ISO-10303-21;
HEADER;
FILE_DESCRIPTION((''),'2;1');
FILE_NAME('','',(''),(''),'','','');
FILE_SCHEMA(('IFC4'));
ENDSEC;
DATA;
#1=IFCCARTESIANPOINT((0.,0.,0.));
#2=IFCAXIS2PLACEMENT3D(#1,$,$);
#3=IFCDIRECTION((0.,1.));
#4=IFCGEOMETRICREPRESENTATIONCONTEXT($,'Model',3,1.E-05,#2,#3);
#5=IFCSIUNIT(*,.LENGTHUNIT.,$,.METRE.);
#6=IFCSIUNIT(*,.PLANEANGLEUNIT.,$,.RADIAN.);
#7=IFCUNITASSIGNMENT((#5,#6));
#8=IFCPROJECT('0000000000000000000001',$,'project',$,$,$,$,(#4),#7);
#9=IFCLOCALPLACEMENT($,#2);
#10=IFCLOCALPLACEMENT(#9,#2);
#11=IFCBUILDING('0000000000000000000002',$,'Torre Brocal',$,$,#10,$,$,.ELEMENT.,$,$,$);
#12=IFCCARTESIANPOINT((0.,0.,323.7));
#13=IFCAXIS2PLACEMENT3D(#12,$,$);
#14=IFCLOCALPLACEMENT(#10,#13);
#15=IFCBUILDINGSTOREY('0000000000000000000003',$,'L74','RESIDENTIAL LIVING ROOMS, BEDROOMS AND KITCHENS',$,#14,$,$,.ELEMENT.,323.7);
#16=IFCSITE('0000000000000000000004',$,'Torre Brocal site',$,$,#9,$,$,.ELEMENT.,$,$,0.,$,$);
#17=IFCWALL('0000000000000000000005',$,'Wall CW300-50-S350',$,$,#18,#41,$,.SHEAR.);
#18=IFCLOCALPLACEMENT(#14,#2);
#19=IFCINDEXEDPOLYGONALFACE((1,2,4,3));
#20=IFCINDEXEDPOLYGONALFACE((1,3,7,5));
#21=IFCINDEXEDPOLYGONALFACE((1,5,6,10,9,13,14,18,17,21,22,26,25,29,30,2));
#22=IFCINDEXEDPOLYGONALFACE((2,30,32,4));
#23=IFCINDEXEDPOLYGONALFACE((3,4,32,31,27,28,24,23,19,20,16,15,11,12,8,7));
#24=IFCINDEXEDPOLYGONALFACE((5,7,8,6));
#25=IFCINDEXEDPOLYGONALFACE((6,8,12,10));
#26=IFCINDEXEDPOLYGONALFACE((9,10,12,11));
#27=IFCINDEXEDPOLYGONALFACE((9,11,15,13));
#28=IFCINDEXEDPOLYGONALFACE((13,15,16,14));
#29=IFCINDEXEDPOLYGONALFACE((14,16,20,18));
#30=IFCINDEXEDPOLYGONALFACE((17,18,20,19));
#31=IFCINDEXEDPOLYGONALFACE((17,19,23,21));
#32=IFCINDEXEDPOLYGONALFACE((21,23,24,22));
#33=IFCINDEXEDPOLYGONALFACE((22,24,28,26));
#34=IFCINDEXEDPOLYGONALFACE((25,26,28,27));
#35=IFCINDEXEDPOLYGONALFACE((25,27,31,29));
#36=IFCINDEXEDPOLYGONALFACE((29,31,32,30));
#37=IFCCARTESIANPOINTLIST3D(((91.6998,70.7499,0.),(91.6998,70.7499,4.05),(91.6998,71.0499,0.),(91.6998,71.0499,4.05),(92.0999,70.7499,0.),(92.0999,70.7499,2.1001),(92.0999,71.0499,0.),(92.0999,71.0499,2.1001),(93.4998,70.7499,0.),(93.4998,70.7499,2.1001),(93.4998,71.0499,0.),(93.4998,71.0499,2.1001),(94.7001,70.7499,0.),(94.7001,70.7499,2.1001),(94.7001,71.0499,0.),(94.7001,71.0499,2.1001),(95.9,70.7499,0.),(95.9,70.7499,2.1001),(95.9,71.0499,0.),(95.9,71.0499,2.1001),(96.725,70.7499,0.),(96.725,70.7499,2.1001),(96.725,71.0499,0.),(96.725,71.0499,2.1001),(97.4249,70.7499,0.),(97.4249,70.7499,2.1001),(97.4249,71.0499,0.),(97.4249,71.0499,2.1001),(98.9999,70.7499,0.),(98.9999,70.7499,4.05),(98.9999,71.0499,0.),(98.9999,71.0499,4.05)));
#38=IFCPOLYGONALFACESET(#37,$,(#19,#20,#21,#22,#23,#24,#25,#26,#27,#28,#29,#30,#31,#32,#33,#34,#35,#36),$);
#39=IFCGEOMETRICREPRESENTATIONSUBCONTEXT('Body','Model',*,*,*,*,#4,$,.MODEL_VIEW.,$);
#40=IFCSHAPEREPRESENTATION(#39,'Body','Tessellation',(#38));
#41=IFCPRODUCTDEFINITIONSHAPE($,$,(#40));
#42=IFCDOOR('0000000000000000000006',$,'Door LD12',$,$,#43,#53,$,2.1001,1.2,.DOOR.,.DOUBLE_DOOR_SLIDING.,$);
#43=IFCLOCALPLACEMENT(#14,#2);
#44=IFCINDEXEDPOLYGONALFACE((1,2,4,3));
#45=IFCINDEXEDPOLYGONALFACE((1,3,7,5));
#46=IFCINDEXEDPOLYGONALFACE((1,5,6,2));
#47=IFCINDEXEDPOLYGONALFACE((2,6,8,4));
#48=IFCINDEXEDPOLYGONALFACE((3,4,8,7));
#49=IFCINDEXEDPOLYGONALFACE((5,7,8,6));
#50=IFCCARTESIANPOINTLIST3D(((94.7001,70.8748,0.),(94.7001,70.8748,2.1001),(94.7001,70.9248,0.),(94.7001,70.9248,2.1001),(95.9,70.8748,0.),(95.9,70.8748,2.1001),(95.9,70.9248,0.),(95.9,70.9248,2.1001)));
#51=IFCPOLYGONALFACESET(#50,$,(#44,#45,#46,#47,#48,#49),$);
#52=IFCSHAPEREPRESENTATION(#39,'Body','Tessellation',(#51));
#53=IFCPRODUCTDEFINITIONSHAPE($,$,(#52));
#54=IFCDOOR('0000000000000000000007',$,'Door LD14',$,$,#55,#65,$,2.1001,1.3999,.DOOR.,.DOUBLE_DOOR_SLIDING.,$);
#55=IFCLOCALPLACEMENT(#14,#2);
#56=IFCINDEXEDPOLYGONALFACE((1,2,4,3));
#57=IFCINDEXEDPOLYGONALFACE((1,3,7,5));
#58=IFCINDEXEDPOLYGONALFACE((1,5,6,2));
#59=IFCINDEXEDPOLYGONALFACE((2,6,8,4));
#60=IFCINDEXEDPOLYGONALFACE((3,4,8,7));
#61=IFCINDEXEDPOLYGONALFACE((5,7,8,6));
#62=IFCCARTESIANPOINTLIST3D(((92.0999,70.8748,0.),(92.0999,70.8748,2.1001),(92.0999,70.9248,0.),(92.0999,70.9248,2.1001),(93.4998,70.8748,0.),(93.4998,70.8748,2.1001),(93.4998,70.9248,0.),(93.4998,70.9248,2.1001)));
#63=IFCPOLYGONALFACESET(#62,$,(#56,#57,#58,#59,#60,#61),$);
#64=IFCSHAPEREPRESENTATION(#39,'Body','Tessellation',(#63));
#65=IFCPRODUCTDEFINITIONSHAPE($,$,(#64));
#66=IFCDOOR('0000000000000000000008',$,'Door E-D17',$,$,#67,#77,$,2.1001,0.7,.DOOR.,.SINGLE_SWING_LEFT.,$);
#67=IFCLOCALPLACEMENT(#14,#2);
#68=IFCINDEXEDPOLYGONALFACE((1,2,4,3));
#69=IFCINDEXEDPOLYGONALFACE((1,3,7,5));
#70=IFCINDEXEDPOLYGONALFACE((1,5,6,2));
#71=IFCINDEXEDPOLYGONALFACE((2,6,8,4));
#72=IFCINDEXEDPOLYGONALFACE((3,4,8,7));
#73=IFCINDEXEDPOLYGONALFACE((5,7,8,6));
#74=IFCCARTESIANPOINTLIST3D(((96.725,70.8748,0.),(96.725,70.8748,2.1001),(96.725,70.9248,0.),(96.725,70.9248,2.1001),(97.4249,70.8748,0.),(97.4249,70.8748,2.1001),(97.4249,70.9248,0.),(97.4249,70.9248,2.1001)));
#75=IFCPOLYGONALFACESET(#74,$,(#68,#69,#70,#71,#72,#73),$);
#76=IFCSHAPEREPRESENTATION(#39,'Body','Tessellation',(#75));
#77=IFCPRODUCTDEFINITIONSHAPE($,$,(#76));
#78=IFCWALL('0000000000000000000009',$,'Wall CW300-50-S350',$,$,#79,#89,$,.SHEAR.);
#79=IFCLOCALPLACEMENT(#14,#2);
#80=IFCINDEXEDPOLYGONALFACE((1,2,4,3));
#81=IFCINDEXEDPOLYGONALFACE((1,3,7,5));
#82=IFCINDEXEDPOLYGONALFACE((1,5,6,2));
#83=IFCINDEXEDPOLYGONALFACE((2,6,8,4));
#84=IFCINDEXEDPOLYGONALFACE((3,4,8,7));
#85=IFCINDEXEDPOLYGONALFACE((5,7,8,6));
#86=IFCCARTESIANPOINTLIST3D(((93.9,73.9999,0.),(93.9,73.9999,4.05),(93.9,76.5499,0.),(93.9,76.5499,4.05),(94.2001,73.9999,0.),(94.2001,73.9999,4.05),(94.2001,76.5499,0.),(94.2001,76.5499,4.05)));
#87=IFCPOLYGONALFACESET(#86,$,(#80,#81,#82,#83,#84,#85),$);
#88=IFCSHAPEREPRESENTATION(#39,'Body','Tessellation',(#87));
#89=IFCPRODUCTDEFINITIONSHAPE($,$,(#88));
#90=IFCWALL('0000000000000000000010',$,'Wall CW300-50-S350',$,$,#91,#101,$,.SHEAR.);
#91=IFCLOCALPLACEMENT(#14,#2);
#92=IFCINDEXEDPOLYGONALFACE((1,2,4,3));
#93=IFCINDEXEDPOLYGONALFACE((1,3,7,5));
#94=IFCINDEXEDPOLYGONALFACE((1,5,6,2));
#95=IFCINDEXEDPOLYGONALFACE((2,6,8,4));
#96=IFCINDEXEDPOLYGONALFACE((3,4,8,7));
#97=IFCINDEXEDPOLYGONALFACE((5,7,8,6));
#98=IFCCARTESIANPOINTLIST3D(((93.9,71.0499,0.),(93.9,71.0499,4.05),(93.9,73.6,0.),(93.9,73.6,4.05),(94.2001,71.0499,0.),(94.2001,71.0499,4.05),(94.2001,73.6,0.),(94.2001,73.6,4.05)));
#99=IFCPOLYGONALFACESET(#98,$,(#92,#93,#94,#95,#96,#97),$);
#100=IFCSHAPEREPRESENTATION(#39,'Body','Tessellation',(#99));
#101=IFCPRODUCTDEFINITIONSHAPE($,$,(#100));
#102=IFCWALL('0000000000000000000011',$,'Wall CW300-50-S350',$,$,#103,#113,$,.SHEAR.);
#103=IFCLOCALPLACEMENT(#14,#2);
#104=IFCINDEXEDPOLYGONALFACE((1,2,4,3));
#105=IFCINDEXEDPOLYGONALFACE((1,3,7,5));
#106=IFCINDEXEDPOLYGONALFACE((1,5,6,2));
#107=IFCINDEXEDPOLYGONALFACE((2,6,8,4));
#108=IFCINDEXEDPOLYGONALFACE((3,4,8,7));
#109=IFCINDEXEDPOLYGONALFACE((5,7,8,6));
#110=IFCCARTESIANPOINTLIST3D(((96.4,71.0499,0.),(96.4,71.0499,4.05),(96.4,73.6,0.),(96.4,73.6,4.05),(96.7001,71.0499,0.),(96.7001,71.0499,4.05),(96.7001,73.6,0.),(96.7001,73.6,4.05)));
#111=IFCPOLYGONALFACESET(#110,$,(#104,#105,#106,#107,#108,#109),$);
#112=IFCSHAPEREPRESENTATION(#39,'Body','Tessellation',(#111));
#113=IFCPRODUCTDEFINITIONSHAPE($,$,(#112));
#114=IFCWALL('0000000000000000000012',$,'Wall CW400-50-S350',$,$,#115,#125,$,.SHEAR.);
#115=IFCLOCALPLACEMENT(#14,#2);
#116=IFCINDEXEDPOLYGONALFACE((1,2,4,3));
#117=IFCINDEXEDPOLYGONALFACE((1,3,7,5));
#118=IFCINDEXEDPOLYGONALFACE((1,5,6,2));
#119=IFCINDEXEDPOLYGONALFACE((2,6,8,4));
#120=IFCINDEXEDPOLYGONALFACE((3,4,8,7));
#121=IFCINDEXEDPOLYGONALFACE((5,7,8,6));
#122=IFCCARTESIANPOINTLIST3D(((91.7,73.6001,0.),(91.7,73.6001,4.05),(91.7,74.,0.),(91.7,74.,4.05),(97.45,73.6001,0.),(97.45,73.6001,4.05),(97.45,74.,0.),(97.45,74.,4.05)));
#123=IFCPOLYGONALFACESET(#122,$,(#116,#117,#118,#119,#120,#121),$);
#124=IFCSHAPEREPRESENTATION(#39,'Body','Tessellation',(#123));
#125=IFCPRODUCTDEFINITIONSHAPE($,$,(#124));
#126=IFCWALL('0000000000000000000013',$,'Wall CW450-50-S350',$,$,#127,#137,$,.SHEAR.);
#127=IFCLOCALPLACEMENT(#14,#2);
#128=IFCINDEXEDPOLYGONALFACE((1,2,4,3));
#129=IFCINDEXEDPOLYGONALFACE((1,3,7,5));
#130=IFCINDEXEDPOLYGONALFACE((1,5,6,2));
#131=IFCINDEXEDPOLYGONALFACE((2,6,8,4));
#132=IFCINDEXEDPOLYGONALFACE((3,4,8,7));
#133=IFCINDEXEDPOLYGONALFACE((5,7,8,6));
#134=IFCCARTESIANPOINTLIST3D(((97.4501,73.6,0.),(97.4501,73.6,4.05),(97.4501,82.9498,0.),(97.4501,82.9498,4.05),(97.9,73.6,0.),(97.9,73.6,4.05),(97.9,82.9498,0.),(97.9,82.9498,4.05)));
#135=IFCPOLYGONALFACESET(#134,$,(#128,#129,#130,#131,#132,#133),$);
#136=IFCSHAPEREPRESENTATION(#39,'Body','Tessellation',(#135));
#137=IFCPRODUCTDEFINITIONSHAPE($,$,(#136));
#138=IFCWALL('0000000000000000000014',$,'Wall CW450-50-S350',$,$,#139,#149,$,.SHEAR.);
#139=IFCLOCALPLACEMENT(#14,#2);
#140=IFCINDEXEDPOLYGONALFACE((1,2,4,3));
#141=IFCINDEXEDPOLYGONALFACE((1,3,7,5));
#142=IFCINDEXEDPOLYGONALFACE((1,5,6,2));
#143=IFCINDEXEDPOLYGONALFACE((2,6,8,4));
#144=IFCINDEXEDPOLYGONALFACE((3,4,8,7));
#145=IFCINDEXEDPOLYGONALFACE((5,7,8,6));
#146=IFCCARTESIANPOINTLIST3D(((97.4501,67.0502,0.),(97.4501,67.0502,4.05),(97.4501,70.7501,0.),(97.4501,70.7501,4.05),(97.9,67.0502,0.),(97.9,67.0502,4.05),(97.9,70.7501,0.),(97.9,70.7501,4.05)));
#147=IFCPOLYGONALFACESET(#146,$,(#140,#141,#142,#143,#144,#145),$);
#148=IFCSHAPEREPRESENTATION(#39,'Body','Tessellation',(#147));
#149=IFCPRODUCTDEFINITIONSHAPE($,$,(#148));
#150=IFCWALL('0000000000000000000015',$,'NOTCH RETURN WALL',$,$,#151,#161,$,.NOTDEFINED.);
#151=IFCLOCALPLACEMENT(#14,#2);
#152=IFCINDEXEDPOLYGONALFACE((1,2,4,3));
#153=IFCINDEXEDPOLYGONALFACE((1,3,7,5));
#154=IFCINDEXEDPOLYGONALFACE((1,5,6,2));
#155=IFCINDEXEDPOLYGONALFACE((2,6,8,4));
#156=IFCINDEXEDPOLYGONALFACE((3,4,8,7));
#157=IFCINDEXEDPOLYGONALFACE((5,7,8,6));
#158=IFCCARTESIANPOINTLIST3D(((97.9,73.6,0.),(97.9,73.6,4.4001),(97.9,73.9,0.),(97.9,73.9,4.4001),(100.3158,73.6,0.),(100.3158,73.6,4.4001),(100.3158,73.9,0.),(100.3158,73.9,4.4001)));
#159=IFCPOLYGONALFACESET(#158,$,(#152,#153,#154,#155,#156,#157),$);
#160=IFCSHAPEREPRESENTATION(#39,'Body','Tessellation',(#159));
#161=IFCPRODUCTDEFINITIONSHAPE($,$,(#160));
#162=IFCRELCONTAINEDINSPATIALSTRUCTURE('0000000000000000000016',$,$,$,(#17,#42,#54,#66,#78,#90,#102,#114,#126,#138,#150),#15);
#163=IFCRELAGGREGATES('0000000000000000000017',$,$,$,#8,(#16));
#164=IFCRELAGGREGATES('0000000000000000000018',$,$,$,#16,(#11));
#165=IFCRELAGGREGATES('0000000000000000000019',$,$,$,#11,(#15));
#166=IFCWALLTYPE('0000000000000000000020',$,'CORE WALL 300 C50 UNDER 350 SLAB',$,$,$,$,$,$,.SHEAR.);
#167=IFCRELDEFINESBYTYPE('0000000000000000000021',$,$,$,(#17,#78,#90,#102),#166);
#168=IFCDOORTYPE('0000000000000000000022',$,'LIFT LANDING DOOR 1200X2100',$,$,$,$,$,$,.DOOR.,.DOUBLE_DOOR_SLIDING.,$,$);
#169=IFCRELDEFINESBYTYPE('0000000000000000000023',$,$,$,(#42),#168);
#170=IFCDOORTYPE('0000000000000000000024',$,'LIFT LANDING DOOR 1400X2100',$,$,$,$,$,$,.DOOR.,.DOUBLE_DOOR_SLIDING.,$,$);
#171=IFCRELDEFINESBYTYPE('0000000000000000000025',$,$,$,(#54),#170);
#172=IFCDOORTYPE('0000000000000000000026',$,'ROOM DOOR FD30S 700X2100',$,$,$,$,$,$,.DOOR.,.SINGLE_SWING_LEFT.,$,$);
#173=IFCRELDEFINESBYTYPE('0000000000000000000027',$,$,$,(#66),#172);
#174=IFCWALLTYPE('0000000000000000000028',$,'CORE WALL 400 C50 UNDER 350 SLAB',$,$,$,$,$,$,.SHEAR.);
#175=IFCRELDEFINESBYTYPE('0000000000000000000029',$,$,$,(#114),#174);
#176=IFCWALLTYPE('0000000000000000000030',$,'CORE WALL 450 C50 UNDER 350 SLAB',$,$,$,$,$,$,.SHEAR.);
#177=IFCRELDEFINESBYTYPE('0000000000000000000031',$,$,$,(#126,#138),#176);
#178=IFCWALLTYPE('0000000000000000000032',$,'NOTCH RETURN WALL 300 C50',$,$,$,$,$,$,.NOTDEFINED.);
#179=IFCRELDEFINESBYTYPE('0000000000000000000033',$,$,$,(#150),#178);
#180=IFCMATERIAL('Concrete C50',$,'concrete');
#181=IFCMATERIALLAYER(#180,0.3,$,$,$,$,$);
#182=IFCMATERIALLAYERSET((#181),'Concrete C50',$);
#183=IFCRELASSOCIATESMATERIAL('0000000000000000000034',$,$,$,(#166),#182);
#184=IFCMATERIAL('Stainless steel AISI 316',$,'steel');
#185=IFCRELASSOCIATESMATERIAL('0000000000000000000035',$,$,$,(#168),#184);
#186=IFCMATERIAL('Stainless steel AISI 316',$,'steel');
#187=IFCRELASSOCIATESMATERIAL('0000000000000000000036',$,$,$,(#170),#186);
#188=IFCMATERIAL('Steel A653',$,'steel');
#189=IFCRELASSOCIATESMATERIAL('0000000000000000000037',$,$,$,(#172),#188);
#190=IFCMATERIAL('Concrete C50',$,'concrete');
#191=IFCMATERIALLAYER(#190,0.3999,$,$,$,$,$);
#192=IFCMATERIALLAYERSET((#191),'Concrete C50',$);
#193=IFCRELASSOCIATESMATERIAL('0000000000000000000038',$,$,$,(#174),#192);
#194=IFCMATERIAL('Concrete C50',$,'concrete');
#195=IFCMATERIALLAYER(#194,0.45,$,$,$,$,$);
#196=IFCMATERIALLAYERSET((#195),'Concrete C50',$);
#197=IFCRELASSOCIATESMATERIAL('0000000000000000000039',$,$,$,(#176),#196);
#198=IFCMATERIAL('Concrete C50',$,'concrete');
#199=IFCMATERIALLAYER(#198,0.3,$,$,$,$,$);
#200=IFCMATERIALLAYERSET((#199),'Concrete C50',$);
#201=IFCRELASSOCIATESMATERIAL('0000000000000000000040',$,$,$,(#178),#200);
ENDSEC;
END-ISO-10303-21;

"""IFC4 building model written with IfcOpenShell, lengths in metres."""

from ifc_helpers import new_model, si_unit, direction, frame, frame_2d, origin, place, context, subcontext, project, spatial, rectangle, extrude, material, layer, layer_set, type_object, element, fill, save


model = new_model("IFC4")

# Units and contexts
model_context = context("Model", 3, precision=1e-05, world=origin(), true_north=direction((0.0, 1.0)))
body_context = subcontext(model_context, "Body", "Model", "MODEL_VIEW")
ifc_project = project(units=[si_unit("LENGTHUNIT", "METRE"), si_unit("PLANEANGLEUNIT", "RADIAN")], contexts=[model_context])

# Site, building, storey
site_placement = place(None, origin())
site = spatial("IfcSite", under=ifc_project, at=site_placement, Name="Torre Brocal site", CompositionType="ELEMENT", RefElevation=0.0)
building_placement = place(site_placement, origin())
building = spatial("IfcBuilding", under=site, at=building_placement, Name="Torre Brocal", CompositionType="ELEMENT")
storey_placement = place(building_placement, frame((0.0, 0.0, 323.7)))
storey = spatial("IfcBuildingStorey", under=building, at=storey_placement, Name="L74", Description="RESIDENTIAL LIVING ROOMS, BEDROOMS AND KITCHENS", CompositionType="ELEMENT", Elevation=323.7)

# Shared definitions
ifc_material_1 = material(Name="Concrete C50", Category="concrete")
ifc_layer_1 = layer(ifc_material_1, 0.3)
ifc_layer_set_1 = layer_set([ifc_layer_1], Name="Concrete C50")
wall_type_1 = type_object("IfcWallType", Name="CORE WALL 300 C50 UNDER 350 SLAB", PredefinedType="SHEAR", material=ifc_layer_set_1)

# Wall, openings, doors
wall_1_placement = place(storey_placement, frame((91.7, 70.8999, 0.0), z_axis=(0.0, 0.0, 1.0), x_axis=(1.0, 0.0, 0.0)))
wall_1 = element("IfcWall", 1, at=wall_1_placement, inside=storey, type_object=wall_type_1, Name="Wall CW300-50-S350", PredefinedType="SHEAR", context=body_context, shape_type="SweptSolid", body=[
    extrude(rectangle(XDim=7.3, YDim=0.3, at=frame_2d((3.6499, 0.0))), origin(), (0.0, 0.0, 1.0), 4.05),
])
opening_1_placement = place(wall_1_placement, frame((0.3999, 0.0, 0.0)))
opening_1 = element("IfcOpeningElement", 2, at=opening_1_placement, cuts=wall_1, PredefinedType="OPENING", context=body_context, shape_type="SweptSolid", body=[
    extrude(rectangle(XDim=1.3999, YDim=2.1001, at=frame_2d((0.7, 1.05))), frame((0.0, 0.1599, 0.0), z_axis=(0.0, -1.0, 0.0), x_axis=(1.0, 0.0, 0.0)), (0.0, 0.0, 1.0), 0.3201),
])
opening_2_placement = place(wall_1_placement, frame((3.0, 0.0, 0.0)))
opening_2 = element("IfcOpeningElement", 3, at=opening_2_placement, cuts=wall_1, PredefinedType="OPENING", context=body_context, shape_type="SweptSolid", body=[
    extrude(rectangle(XDim=1.2, YDim=2.1001, at=frame_2d((0.6001, 1.05))), frame((0.0, 0.1599, 0.0), z_axis=(0.0, -1.0, 0.0), x_axis=(1.0, 0.0, 0.0)), (0.0, 0.0, 1.0), 0.3201),
])
opening_3_placement = place(wall_1_placement, frame((5.0249, 0.0, 0.0)))
opening_3 = element("IfcOpeningElement", 4, at=opening_3_placement, cuts=wall_1, PredefinedType="OPENING", context=body_context, shape_type="SweptSolid", body=[
    extrude(rectangle(XDim=0.7, YDim=2.1001, at=frame_2d((0.3501, 1.05))), frame((0.0, 0.1599, 0.0), z_axis=(0.0, -1.0, 0.0), x_axis=(1.0, 0.0, 0.0)), (0.0, 0.0, 1.0), 0.3201),
])
ifc_material_2 = material(Name="Stainless steel AISI 316", Category="steel")
door_type_1 = type_object("IfcDoorType", Name="LIFT LANDING DOOR 1200X2100", OperationType="DOUBLE_DOOR_SLIDING", PredefinedType="DOOR", material=ifc_material_2)
door_1_placement = place(opening_2_placement, origin())
door_1 = element("IfcDoor", 5, at=door_1_placement, inside=storey, type_object=door_type_1, Name="Door LD12", OperationType="DOUBLE_DOOR_SLIDING", OverallHeight=2.1001, OverallWidth=1.2, PredefinedType="DOOR", context=body_context, shape_type="SweptSolid", body=[
    extrude(rectangle(XDim=1.2, YDim=2.1001, at=frame_2d((0.6001, 1.05))), frame((0.0, 0.0249, 0.0), z_axis=(0.0, -1.0, 0.0), x_axis=(1.0, 0.0, 0.0)), (0.0, 0.0, 1.0), 0.05),
])
fill(opening_2, door_1)
ifc_material_3 = material(Name="Stainless steel AISI 316", Category="steel")
door_type_2 = type_object("IfcDoorType", Name="LIFT LANDING DOOR 1400X2100", OperationType="DOUBLE_DOOR_SLIDING", PredefinedType="DOOR", material=ifc_material_3)
door_2_placement = place(opening_1_placement, origin())
door_2 = element("IfcDoor", 6, at=door_2_placement, inside=storey, type_object=door_type_2, Name="Door LD14", OperationType="DOUBLE_DOOR_SLIDING", OverallHeight=2.1001, OverallWidth=1.3999, PredefinedType="DOOR", context=body_context, shape_type="SweptSolid", body=[
    extrude(rectangle(XDim=1.3999, YDim=2.1001, at=frame_2d((0.7, 1.05))), frame((0.0, 0.0249, 0.0), z_axis=(0.0, -1.0, 0.0), x_axis=(1.0, 0.0, 0.0)), (0.0, 0.0, 1.0), 0.05),
])
fill(opening_1, door_2)
ifc_material_4 = material(Name="Steel A653", Category="steel")
door_type_3 = type_object("IfcDoorType", Name="ROOM DOOR FD30S 700X2100", OperationType="SINGLE_SWING_LEFT", PredefinedType="DOOR", material=ifc_material_4)
door_3_placement = place(opening_3_placement, origin())
door_3 = element("IfcDoor", 7, at=door_3_placement, inside=storey, type_object=door_type_3, Name="Door E-D17", OperationType="SINGLE_SWING_LEFT", OverallHeight=2.1001, OverallWidth=0.7, PredefinedType="DOOR", context=body_context, shape_type="SweptSolid", body=[
    extrude(rectangle(XDim=0.7, YDim=2.1001, at=frame_2d((0.3501, 1.05))), frame((0.0, 0.0249, 0.0), z_axis=(0.0, -1.0, 0.0), x_axis=(1.0, 0.0, 0.0)), (0.0, 0.0, 1.0), 0.05),
])
fill(opening_3, door_3)

# Walls
for number, where, z_axis, x_axis, name in (
    (8, (94.05, 74.0, 0.0), (0.0, 0.0, 1.0), (0.0, 1.0, 0.0), "Wall CW300-50-S350"),
    (9, (94.05, 71.05, 0.0), (0.0, 0.0, 1.0), (0.0, 1.0, 0.0), "Wall CW300-50-S350"),
    (10, (96.55, 71.05, 0.0), (0.0, 0.0, 1.0), (0.0, 1.0, 0.0), "Wall CW300-50-S350"),
):
    element("IfcWall", number, at=place(storey_placement, frame(where, z_axis=z_axis, x_axis=x_axis)), inside=storey, type_object=wall_type_1, Name=name, PredefinedType="SHEAR", context=body_context, shape_type="SweptSolid", body=[
        extrude(rectangle(XDim=2.55, YDim=0.3, at=frame_2d((1.2749, 0.0))), origin(), (0.0, 0.0, 1.0), 4.05),
    ])
ifc_material_5 = material(Name="Concrete C50", Category="concrete")
ifc_layer_2 = layer(ifc_material_5, 0.3999)
ifc_layer_set_2 = layer_set([ifc_layer_2], Name="Concrete C50")
wall_type_2 = type_object("IfcWallType", Name="CORE WALL 400 C50 UNDER 350 SLAB", PredefinedType="SHEAR", material=ifc_layer_set_2)
wall_2_placement = place(storey_placement, frame((91.7, 73.8, 0.0), z_axis=(0.0, 0.0, 1.0), x_axis=(1.0, 0.0, 0.0)))
element("IfcWall", 11, at=wall_2_placement, inside=storey, type_object=wall_type_2, Name="Wall CW400-50-S350", PredefinedType="SHEAR", context=body_context, shape_type="SweptSolid", body=[
    extrude(rectangle(XDim=5.75, YDim=0.3999, at=frame_2d((2.875, 0.0))), origin(), (0.0, 0.0, 1.0), 4.05),
])
ifc_material_6 = material(Name="Concrete C50", Category="concrete")
ifc_layer_3 = layer(ifc_material_6, 0.45)
ifc_layer_set_3 = layer_set([ifc_layer_3], Name="Concrete C50")
wall_type_3 = type_object("IfcWallType", Name="CORE WALL 450 C50 UNDER 350 SLAB", PredefinedType="SHEAR", material=ifc_layer_set_3)
wall_3_placement = place(storey_placement, frame((97.675, 73.6001, 0.0), z_axis=(0.0, 0.0, 1.0), x_axis=(0.0, 1.0, 0.0)))
element("IfcWall", 12, at=wall_3_placement, inside=storey, type_object=wall_type_3, Name="Wall CW450-50-S350", PredefinedType="SHEAR", context=body_context, shape_type="SweptSolid", body=[
    extrude(rectangle(XDim=9.3499, YDim=0.45, at=frame_2d((4.6748, 0.0))), origin(), (0.0, 0.0, 1.0), 4.05),
])
wall_4_placement = place(storey_placement, frame((97.675, 67.05, 0.0), z_axis=(0.0, 0.0, 1.0), x_axis=(0.0, 1.0, 0.0)))
element("IfcWall", 13, at=wall_4_placement, inside=storey, type_object=wall_type_3, Name="Wall CW450-50-S350", PredefinedType="SHEAR", context=body_context, shape_type="SweptSolid", body=[
    extrude(rectangle(XDim=3.7, YDim=0.45, at=frame_2d((1.8501, 0.0))), origin(), (0.0, 0.0, 1.0), 4.05),
])
ifc_material_7 = material(Name="Concrete C50", Category="concrete")
ifc_layer_4 = layer(ifc_material_7, 0.3)
ifc_layer_set_4 = layer_set([ifc_layer_4], Name="Concrete C50")
wall_type_4 = type_object("IfcWallType", Name="NOTCH RETURN WALL 300 C50", PredefinedType="NOTDEFINED", material=ifc_layer_set_4)
wall_5_placement = place(storey_placement, frame((97.8999, 73.75, 0.0), z_axis=(0.0, 0.0, 1.0), x_axis=(1.0, 0.0, 0.0)))
element("IfcWall", 14, at=wall_5_placement, inside=storey, type_object=wall_type_4, Name="NOTCH RETURN WALL", PredefinedType="NOTDEFINED", context=body_context, shape_type="SweptSolid", body=[
    extrude(rectangle(XDim=2.4158, YDim=0.3, at=frame_2d((1.208, 0.0))), origin(), (0.0, 0.0, 1.0), 4.4001),
])

save(model, "model.ifc")
